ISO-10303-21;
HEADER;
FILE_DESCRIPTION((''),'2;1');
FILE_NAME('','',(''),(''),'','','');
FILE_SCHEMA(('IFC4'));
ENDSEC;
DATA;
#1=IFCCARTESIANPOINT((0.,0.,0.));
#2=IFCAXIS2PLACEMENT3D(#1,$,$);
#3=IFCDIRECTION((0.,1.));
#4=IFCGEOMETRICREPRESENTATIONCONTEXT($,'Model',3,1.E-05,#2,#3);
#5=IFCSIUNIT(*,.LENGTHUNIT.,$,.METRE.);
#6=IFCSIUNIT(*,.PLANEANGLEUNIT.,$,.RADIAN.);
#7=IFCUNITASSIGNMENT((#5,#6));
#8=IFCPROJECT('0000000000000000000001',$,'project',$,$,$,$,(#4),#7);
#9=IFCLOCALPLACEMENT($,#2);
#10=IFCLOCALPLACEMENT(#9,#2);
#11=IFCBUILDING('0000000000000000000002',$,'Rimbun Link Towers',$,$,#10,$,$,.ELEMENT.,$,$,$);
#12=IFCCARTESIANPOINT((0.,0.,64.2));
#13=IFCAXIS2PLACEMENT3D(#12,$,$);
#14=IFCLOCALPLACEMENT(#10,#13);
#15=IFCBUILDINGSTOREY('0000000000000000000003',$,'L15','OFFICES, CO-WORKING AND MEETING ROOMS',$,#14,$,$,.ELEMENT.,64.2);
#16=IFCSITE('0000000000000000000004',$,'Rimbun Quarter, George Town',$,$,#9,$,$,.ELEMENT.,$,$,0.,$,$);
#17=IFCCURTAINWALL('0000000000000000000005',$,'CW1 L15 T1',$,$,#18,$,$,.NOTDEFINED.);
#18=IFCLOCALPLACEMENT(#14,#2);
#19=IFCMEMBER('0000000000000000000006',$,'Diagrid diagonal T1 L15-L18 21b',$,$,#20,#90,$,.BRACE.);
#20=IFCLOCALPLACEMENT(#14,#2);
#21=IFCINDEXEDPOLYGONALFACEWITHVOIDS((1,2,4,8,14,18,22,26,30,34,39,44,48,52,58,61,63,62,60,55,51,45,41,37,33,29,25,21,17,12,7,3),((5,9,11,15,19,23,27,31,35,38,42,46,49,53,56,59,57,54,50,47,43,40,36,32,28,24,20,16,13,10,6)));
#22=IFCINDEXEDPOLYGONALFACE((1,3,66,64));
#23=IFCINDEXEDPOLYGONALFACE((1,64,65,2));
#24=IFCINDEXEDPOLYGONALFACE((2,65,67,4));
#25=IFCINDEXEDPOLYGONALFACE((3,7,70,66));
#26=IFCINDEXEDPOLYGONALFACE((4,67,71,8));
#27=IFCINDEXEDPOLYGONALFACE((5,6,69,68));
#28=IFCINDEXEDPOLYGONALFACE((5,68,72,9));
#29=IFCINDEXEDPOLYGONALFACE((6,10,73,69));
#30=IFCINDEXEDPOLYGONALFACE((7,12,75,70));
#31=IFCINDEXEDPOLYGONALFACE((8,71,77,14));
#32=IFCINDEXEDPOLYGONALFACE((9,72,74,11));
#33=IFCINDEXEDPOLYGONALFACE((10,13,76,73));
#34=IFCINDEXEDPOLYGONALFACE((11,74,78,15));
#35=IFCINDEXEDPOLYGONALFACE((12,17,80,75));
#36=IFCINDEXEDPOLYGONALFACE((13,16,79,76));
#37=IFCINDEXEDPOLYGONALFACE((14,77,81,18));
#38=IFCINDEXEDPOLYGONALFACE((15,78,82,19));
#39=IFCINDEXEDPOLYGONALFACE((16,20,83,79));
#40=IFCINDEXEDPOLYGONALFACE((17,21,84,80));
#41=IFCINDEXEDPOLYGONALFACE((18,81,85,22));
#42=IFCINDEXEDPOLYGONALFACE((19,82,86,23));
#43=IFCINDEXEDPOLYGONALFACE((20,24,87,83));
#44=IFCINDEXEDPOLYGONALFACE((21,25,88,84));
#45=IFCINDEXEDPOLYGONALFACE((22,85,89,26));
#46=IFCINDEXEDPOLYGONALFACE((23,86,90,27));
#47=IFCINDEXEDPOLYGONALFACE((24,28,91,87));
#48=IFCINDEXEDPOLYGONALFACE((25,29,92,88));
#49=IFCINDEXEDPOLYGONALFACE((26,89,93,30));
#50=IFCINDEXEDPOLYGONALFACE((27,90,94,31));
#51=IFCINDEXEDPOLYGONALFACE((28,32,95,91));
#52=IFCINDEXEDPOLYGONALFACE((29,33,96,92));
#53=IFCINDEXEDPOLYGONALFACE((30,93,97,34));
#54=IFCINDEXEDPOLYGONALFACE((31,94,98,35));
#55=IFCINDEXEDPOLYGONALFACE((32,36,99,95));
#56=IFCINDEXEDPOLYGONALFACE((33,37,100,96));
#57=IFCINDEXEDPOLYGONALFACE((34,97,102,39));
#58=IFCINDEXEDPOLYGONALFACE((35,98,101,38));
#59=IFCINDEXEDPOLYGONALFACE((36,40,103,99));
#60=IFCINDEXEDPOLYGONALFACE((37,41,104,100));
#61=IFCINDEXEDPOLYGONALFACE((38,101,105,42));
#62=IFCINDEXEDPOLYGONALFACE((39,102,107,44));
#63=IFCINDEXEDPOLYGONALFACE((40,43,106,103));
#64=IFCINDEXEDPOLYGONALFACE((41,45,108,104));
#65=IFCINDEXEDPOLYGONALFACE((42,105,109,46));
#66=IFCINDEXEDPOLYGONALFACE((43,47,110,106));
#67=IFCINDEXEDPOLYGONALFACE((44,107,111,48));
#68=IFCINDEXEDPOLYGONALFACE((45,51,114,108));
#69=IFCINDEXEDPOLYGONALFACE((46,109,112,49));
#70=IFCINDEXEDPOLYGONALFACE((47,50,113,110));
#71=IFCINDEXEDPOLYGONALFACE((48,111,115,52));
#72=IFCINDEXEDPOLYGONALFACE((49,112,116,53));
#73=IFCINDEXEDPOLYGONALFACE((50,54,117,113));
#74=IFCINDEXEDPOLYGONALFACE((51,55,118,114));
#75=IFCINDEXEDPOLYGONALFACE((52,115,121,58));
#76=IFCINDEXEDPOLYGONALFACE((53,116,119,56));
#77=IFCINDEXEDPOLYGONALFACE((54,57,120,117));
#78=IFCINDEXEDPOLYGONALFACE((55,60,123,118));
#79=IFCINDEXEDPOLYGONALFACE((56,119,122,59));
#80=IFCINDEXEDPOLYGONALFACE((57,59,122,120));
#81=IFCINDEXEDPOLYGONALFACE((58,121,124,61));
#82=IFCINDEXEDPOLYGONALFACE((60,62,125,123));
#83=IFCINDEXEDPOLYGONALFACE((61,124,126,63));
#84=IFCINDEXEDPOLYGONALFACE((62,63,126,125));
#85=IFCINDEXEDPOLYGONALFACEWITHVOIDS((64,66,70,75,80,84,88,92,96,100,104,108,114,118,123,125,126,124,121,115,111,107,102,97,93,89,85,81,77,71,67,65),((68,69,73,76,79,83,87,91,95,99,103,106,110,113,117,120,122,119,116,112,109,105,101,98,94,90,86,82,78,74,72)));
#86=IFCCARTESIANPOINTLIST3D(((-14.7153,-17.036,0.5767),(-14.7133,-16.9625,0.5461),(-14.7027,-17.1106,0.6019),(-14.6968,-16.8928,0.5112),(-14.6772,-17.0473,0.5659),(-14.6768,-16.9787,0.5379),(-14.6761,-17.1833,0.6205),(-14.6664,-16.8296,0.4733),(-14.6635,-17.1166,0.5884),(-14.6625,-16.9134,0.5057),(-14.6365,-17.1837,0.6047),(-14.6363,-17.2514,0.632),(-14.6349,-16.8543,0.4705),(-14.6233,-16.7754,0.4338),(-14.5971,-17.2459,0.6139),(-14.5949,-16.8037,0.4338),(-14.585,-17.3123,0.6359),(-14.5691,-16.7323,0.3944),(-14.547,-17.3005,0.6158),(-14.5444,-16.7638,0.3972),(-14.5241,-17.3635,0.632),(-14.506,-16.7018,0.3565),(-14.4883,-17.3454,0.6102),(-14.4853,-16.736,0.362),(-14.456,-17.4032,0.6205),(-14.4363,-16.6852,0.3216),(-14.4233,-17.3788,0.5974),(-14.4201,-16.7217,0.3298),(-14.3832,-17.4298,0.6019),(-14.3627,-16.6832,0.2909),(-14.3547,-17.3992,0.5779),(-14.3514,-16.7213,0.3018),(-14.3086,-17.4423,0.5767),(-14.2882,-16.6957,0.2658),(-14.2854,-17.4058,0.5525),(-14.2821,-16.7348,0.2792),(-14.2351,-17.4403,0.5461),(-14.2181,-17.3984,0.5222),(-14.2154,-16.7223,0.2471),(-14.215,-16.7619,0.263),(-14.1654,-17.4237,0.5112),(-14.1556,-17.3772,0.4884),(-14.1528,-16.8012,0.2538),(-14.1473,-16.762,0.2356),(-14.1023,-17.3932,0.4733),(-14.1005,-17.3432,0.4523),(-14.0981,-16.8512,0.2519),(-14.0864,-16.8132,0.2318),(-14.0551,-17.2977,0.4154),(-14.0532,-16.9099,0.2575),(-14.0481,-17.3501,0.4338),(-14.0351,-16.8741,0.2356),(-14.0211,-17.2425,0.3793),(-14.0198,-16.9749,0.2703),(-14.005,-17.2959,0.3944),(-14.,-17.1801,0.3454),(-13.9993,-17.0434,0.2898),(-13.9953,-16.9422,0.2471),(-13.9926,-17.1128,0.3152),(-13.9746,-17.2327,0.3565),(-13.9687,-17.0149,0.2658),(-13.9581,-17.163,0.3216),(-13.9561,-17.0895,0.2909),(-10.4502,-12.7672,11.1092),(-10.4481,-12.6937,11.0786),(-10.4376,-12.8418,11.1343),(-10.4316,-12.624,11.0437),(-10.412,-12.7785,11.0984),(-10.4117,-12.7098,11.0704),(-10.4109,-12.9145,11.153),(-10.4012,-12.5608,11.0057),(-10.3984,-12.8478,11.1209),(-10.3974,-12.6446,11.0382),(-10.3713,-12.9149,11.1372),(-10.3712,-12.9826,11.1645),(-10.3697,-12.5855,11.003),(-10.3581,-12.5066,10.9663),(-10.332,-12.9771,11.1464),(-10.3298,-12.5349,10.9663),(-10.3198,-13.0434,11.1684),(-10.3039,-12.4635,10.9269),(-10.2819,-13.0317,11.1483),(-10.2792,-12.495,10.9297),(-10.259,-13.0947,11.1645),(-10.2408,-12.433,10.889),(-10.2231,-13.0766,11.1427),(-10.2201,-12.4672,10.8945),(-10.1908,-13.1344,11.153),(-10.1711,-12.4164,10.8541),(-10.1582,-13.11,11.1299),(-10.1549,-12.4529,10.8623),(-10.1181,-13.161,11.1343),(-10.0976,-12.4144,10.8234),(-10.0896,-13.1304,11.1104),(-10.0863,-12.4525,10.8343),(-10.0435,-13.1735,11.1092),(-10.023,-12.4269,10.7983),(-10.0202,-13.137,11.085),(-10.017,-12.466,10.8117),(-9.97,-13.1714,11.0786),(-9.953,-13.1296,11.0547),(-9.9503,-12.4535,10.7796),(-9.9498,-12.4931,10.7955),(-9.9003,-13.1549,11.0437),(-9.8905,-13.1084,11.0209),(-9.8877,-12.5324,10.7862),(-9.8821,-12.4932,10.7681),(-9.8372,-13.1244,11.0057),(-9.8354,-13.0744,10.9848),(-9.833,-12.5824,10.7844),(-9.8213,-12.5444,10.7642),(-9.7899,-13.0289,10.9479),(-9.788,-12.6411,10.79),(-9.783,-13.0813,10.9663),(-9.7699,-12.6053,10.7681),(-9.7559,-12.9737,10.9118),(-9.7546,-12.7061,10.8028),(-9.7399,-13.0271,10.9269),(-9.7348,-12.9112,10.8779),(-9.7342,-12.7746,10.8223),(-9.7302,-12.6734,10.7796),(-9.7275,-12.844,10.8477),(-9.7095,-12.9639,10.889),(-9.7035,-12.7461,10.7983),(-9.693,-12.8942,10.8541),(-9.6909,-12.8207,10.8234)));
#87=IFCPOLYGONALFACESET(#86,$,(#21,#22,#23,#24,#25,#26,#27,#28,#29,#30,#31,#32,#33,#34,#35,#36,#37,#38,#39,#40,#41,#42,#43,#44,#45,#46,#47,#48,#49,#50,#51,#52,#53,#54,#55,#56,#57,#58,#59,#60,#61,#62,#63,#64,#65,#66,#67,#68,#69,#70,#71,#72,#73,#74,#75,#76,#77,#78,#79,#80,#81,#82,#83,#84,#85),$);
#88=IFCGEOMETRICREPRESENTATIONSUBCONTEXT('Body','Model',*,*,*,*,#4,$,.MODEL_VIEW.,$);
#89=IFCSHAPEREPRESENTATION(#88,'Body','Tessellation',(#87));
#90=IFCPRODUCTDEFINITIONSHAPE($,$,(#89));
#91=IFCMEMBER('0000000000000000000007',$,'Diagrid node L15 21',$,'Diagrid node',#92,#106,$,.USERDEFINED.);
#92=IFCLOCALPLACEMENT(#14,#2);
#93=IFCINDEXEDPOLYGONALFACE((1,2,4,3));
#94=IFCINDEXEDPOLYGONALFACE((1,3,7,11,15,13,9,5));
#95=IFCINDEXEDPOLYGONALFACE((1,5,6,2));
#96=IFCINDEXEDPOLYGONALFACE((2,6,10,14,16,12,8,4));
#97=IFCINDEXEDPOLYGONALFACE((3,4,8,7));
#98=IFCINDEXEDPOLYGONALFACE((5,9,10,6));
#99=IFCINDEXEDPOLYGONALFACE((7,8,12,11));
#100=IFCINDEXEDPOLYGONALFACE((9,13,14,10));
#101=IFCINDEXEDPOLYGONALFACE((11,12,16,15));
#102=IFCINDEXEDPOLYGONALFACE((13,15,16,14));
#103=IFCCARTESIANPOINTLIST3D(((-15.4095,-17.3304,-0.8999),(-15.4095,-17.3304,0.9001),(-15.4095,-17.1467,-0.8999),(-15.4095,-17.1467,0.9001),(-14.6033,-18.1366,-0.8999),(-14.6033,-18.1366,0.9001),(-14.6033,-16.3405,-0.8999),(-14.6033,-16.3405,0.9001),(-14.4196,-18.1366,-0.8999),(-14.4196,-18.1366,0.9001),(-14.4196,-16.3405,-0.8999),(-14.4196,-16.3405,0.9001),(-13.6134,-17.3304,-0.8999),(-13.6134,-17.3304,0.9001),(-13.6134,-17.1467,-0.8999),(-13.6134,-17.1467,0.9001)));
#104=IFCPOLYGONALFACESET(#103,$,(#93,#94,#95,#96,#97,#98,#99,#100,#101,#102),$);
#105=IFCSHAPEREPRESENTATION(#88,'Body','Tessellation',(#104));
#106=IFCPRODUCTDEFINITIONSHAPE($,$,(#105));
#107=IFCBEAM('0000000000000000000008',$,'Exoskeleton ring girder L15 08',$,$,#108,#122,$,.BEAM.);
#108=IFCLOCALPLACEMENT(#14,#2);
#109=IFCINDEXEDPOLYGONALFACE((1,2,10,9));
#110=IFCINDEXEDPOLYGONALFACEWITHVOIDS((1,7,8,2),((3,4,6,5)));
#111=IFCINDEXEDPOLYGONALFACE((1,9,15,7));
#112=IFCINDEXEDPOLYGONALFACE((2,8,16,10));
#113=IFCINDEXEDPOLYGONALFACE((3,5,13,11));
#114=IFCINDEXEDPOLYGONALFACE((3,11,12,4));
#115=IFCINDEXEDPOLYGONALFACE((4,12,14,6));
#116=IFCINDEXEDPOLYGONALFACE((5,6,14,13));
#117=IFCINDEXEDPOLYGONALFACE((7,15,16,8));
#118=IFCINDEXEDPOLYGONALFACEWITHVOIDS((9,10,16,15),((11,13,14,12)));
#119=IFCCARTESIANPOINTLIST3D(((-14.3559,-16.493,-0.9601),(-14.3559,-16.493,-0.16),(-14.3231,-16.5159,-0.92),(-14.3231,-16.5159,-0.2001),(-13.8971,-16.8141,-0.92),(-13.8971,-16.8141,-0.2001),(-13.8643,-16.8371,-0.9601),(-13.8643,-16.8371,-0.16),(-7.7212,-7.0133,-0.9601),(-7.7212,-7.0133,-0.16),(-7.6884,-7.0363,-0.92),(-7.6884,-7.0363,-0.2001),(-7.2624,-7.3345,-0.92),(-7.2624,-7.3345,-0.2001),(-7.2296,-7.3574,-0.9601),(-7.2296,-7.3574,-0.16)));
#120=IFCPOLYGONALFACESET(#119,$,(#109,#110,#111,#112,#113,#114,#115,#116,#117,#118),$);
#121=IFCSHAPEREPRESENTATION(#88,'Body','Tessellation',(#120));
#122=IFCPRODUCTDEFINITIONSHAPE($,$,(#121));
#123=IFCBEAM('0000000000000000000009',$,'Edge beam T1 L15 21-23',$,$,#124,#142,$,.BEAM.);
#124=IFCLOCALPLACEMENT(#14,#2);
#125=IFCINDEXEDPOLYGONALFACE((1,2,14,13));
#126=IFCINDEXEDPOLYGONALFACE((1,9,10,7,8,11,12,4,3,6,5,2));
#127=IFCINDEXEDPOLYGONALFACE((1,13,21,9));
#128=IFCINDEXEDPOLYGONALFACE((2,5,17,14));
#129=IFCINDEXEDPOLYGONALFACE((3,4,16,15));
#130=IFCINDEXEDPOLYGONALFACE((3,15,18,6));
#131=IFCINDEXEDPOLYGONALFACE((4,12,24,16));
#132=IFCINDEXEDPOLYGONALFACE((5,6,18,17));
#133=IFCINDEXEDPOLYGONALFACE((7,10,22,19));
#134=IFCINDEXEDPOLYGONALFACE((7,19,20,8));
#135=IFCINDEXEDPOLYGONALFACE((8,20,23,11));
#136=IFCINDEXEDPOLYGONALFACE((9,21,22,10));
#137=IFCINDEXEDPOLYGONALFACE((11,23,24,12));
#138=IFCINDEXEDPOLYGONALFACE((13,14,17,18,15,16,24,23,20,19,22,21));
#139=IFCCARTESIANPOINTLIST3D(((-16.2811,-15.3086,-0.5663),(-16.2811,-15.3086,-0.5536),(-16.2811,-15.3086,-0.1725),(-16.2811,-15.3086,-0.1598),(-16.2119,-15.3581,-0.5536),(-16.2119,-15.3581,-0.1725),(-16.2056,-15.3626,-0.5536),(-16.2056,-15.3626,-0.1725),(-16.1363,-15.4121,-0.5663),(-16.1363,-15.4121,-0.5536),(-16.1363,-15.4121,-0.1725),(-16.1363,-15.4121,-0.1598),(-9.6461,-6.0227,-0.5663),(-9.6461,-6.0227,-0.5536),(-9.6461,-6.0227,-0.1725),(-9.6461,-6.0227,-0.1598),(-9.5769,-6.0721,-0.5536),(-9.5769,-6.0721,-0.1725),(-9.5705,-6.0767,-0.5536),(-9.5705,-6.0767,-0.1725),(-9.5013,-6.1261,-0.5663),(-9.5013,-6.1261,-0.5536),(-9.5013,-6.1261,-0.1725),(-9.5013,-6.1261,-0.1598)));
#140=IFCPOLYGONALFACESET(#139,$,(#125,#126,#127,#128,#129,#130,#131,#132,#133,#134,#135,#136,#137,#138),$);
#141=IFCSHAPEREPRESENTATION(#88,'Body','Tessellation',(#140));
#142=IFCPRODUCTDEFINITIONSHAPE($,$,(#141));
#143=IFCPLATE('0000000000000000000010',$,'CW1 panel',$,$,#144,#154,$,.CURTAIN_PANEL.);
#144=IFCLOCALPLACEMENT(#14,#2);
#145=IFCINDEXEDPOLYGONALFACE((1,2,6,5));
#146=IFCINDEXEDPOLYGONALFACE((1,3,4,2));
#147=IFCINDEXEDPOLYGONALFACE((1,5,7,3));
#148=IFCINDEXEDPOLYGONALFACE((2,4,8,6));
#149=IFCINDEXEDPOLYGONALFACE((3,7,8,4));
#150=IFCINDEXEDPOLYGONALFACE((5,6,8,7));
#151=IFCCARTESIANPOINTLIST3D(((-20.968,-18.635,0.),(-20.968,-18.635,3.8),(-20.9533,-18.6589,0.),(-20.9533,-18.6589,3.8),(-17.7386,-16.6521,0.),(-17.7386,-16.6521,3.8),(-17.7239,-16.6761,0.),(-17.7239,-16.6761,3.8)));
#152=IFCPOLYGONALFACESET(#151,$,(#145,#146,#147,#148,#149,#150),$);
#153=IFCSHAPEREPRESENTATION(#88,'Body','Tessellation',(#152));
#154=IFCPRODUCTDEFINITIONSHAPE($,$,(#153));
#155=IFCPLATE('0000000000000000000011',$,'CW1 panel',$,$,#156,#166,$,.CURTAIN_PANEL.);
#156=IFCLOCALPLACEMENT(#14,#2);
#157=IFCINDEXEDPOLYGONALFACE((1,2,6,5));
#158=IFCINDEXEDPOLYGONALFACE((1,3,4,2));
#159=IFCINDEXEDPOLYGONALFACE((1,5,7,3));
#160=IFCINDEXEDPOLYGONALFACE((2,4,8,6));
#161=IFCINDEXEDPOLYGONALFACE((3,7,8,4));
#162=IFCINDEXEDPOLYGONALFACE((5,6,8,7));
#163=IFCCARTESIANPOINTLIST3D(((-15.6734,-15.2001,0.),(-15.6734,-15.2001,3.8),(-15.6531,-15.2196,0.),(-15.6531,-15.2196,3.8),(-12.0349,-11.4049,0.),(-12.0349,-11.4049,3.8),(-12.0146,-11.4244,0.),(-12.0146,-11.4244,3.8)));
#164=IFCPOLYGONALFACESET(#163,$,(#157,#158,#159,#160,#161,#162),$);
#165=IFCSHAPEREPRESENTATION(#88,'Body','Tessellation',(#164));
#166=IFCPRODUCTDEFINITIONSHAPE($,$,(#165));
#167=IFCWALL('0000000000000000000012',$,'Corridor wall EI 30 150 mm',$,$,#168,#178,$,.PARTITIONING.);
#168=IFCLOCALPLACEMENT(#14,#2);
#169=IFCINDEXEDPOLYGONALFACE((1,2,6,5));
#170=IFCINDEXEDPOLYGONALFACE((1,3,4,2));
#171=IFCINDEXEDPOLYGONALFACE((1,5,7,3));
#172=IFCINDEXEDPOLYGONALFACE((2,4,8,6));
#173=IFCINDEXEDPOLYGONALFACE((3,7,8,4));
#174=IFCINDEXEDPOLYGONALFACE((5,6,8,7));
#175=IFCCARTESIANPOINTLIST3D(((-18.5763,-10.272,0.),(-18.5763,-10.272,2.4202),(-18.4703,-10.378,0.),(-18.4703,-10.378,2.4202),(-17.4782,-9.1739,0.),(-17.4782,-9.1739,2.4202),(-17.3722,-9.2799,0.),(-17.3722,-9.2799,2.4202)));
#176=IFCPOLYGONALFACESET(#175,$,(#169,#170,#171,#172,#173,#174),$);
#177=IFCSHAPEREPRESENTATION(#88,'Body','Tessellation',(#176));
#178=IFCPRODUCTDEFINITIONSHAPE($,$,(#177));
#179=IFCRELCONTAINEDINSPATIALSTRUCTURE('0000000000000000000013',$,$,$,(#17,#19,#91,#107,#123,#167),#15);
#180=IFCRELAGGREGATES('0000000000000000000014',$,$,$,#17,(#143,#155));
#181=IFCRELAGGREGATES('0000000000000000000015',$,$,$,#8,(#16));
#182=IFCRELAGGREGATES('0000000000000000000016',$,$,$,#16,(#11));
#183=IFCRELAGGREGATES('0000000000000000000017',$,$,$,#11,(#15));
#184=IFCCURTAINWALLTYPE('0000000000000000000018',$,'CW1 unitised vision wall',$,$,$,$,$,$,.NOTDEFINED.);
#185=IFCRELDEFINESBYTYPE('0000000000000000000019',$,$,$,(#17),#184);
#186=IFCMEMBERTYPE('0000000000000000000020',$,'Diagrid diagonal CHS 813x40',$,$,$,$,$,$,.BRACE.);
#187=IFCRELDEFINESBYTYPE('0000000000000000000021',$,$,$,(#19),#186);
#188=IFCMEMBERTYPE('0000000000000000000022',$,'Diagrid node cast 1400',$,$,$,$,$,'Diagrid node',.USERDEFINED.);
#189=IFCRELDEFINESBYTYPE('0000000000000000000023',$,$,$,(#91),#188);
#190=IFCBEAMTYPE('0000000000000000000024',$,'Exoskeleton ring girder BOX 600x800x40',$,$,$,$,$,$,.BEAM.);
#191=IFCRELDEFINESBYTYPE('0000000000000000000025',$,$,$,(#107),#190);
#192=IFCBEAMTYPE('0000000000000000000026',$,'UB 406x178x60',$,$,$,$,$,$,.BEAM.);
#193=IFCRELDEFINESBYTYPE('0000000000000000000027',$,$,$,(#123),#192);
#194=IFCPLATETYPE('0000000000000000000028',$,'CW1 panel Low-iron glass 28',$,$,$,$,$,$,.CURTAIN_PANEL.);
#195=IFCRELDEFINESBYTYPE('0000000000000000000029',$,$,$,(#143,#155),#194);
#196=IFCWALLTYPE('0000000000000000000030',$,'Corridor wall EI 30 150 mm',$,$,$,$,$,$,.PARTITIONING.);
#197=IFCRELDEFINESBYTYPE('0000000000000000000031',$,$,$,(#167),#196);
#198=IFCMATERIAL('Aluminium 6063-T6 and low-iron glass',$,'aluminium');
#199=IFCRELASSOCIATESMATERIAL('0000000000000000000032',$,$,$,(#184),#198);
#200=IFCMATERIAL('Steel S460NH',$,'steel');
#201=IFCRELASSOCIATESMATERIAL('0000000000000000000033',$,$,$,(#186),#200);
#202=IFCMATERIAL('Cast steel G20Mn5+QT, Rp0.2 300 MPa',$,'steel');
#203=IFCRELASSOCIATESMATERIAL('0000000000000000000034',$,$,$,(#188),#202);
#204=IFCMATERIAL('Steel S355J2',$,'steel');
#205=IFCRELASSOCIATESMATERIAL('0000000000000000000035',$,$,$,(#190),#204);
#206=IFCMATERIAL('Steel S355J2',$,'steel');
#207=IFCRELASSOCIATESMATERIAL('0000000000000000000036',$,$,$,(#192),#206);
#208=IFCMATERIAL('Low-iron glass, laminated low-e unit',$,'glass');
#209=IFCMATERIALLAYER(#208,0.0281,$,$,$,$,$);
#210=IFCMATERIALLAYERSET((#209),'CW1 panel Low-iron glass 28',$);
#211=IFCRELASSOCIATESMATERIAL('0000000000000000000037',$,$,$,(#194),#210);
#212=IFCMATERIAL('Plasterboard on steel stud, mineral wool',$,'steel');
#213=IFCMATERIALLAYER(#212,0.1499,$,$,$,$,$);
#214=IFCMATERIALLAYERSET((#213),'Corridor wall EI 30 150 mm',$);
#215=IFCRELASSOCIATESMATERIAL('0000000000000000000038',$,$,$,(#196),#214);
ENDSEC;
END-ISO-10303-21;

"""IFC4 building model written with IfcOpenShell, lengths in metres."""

from ifc_helpers import new_model, si_unit, direction, frame, frame_2d, origin, origin_2d, place, context, subcontext, project, spatial, polyline, rectangle, hollow_rectangle, hollow_circle, i_section, outline, extrude, material, layer, layer_set, material_profile, profile_set, type_object, element, aggregate, save


model = new_model("IFC4")

# Units and contexts
model_context = context("Model", 3, precision=1e-05, world=origin(), true_north=direction((0.0, 1.0)))
body_context = subcontext(model_context, "Body", "Model", "MODEL_VIEW")
ifc_project = project(units=[si_unit("LENGTHUNIT", "METRE"), si_unit("PLANEANGLEUNIT", "RADIAN")], contexts=[model_context])

# Site, building, storey
site_placement = place(None, origin())
site = spatial("IfcSite", under=ifc_project, at=site_placement, Name="Rimbun Quarter, George Town", CompositionType="ELEMENT", RefElevation=0.0)
building_placement = place(site_placement, origin())
building = spatial("IfcBuilding", under=site, at=building_placement, Name="Rimbun Link Towers", CompositionType="ELEMENT")
storey_placement = place(building_placement, frame((0.0, 0.0, 64.2)))
storey = spatial("IfcBuildingStorey", under=building, at=storey_placement, Name="L15", Description="OFFICES, CO-WORKING AND MEETING ROOMS", CompositionType="ELEMENT", Elevation=64.2)

# Curtain wall
ifc_material_1 = material(Name="Aluminium 6063-T6 and low-iron glass", Category="aluminium")
curtain_wall_type = type_object("IfcCurtainWallType", Name="CW1 unitised vision wall", PredefinedType="NOTDEFINED", material=ifc_material_1)
curtain_wall_placement = place(storey_placement, origin())
curtain_wall = element("IfcCurtainWall", 1, at=curtain_wall_placement, inside=storey, type_object=curtain_wall_type, Name="CW1 L15 T1", PredefinedType="NOTDEFINED")

# Members
ifc_material_2 = material(Name="Steel S460NH", Category="steel")
ifc_material_profile_1 = material_profile(ifc_material_2, hollow_circle(Radius=0.4065, WallThickness=0.04, at=origin_2d()), Name="Diagrid diagonal CHS 813x40")
ifc_profile_set_1 = profile_set([ifc_material_profile_1], Name="Steel S460NH")
member_type_1 = type_object("IfcMemberType", Name="Diagrid diagonal CHS 813x40", PredefinedType="BRACE", material=ifc_profile_set_1)
member_1_placement = place(storey_placement, frame((-14.3357, -17.0627, 0.4338), z_axis=(0.351368, 0.35167, 0.86768), x_axis=(-0.70741, 0.706803, 0.0)))
element("IfcMember", 2, at=member_1_placement, inside=storey, type_object=member_type_1, Name="Diagrid diagonal T1 L15-L18 21b", PredefinedType="BRACE", context=body_context, shape_type="SweptSolid", body=[
    extrude(hollow_circle(Radius=0.4065, WallThickness=0.04, at=origin_2d()), origin(), (0.0, 0.0, 1.0), 12.1387),
])
ifc_material_3 = material(Name="Cast steel G20Mn5+QT, Rp0.2 300 MPa", Category="steel")
ifc_material_profile_2 = material_profile(ifc_material_3, outline(polyline([(0.7, -0.5701), (0.7, 0.5701), (0.5701, 0.7), (-0.5701, 0.7), (-0.7, 0.5701), (-0.7, -0.5701), (-0.5701, -0.7), (0.5701, -0.7), (0.7, -0.5701)])), Name="NODE 1400x1400")
ifc_profile_set_2 = profile_set([ifc_material_profile_2], Name="Cast steel G20Mn5+QT, Rp0.2 300 MPa")
member_type_2 = type_object("IfcMemberType", Name="Diagrid node cast 1400", ElementType="Diagrid node", PredefinedType="USERDEFINED", material=ifc_profile_set_2)
member_2_placement = place(storey_placement, frame((-14.5115, -17.2385, -0.8999), z_axis=(0.0, 0.0, 1.0), x_axis=(0.707107, -0.707107, 0.0)))
element("IfcMember", 3, at=member_2_placement, inside=storey, type_object=member_type_2, Name="Diagrid node L15 21", ObjectType="Diagrid node", PredefinedType="USERDEFINED", context=body_context, shape_type="SweptSolid", body=[
    extrude(outline(polyline([(0.7, -0.5701), (0.7, 0.5701), (0.5701, 0.7), (-0.5701, 0.7), (-0.7, 0.5701), (-0.7, -0.5701), (-0.5701, -0.7), (0.5701, -0.7), (0.7, -0.5701)])), origin(), (0.0, 0.0, 1.0), 1.8),
])

# Beams
ifc_material_4 = material(Name="Steel S355J2", Category="steel")
ifc_material_profile_3 = material_profile(ifc_material_4, hollow_rectangle(XDim=0.6001, YDim=0.8, WallThickness=0.04, at=origin_2d()), Name="Exoskeleton ring girder BOX 600x800x40")
ifc_profile_set_3 = profile_set([ifc_material_profile_3], Name="Steel S355J2")
beam_type_1 = type_object("IfcBeamType", Name="Exoskeleton ring girder BOX 600x800x40", PredefinedType="BEAM", material=ifc_profile_set_3)
beam_1_placement = place(storey_placement, frame((-14.1101, -16.665, -0.5601), z_axis=(0.573401, 0.819275, 0.0), x_axis=(-0.819275, 0.573401, 0.0)))
element("IfcBeam", 4, at=beam_1_placement, inside=storey, type_object=beam_type_1, Name="Exoskeleton ring girder L15 08", PredefinedType="BEAM", context=body_context, shape_type="SweptSolid", body=[
    extrude(hollow_rectangle(XDim=0.6001, YDim=0.8, WallThickness=0.04, at=origin_2d()), origin(), (0.0, 0.0, 1.0), 11.5708),
])
ifc_material_5 = material(Name="Steel S355J2", Category="steel")
ifc_material_profile_4 = material_profile(ifc_material_5, i_section(OverallWidth=0.178, OverallDepth=0.4065, WebThickness=0.0078, FlangeThickness=0.0127, at=origin_2d()), Name="UB 406x178x60")
ifc_profile_set_4 = profile_set([ifc_material_profile_4], Name="Steel S355J2")
beam_type_2 = type_object("IfcBeamType", Name="UB 406x178x60", PredefinedType="BEAM", material=ifc_profile_set_4)
beam_2_placement = place(storey_placement, frame((-16.2087, -15.3604, -0.363), z_axis=(0.581368, 0.813641, 0.0), x_axis=(-0.813641, 0.581368, 0.0)))
element("IfcBeam", 5, at=beam_2_placement, inside=storey, type_object=beam_type_2, Name="Edge beam T1 L15 21-23", PredefinedType="BEAM", context=body_context, shape_type="SweptSolid", body=[
    extrude(i_section(OverallWidth=0.178, OverallDepth=0.4065, WebThickness=0.0078, FlangeThickness=0.0127, at=origin_2d()), origin(), (0.0, 0.0, 1.0), 11.4128),
])

# Plates
ifc_material_6 = material(Name="Low-iron glass, laminated low-e unit", Category="glass")
ifc_layer_1 = layer(ifc_material_6, 0.0281)
ifc_layer_set_1 = layer_set([ifc_layer_1], Name="CW1 panel Low-iron glass 28")
plate_type = type_object("IfcPlateType", Name="CW1 panel Low-iron glass 28", PredefinedType="CURTAIN_PANEL", material=ifc_layer_set_1)
plate_1_placement = place(storey_placement, frame((-19.3459, -17.6555, 0.0), z_axis=(0.0, 0.0, 1.0), x_axis=(-0.852186, -0.523239, 0.0)))
plate_1 = element("IfcPlate", 6, at=plate_1_placement, type_object=plate_type, Name="CW1 panel", PredefinedType="CURTAIN_PANEL", context=body_context, shape_type="SweptSolid", body=[
    extrude(rectangle(XDim=3.7896, YDim=0.0281, at=origin_2d()), origin(), (0.0, 0.0, 1.0), 3.8),
])
plate_2_placement = place(storey_placement, frame((-13.844, -13.3123, 0.0), z_axis=(0.0, 0.0, 1.0), x_axis=(-0.692045, -0.721854, 0.0)))
plate_2 = element("IfcPlate", 7, at=plate_2_placement, type_object=plate_type, Name="CW1 panel", PredefinedType="CURTAIN_PANEL", context=body_context, shape_type="SweptSolid", body=[
    extrude(rectangle(XDim=5.2576, YDim=0.0281, at=origin_2d()), origin(), (0.0, 0.0, 1.0), 3.8),
])
aggregate(curtain_wall, [plate_1, plate_2])

# Wall
ifc_material_7 = material(Name="Plasterboard on steel stud, mineral wool", Category="steel")
ifc_layer_2 = layer(ifc_material_7, 0.1499)
ifc_layer_set_2 = layer_set([ifc_layer_2], Name="Corridor wall EI 30 150 mm")
wall_type_1 = type_object("IfcWallType", Name="Corridor wall EI 30 150 mm", PredefinedType="PARTITIONING", material=ifc_layer_set_2)
wall_1_placement = place(storey_placement, frame((-18.5232, -10.325, 0.0), z_axis=(0.0, 0.0, 1.0), x_axis=(0.707107, 0.707107, 0.0)))
element("IfcWall", 8, at=wall_1_placement, inside=storey, type_object=wall_type_1, Name="Corridor wall EI 30 150 mm", PredefinedType="PARTITIONING", context=body_context, shape_type="SweptSolid", body=[
    extrude(rectangle(XDim=1.553, YDim=0.1499, at=frame_2d((0.7764, 0.0))), origin(), (0.0, 0.0, 1.0), 2.4202),
])

save(model, "model.ifc")
